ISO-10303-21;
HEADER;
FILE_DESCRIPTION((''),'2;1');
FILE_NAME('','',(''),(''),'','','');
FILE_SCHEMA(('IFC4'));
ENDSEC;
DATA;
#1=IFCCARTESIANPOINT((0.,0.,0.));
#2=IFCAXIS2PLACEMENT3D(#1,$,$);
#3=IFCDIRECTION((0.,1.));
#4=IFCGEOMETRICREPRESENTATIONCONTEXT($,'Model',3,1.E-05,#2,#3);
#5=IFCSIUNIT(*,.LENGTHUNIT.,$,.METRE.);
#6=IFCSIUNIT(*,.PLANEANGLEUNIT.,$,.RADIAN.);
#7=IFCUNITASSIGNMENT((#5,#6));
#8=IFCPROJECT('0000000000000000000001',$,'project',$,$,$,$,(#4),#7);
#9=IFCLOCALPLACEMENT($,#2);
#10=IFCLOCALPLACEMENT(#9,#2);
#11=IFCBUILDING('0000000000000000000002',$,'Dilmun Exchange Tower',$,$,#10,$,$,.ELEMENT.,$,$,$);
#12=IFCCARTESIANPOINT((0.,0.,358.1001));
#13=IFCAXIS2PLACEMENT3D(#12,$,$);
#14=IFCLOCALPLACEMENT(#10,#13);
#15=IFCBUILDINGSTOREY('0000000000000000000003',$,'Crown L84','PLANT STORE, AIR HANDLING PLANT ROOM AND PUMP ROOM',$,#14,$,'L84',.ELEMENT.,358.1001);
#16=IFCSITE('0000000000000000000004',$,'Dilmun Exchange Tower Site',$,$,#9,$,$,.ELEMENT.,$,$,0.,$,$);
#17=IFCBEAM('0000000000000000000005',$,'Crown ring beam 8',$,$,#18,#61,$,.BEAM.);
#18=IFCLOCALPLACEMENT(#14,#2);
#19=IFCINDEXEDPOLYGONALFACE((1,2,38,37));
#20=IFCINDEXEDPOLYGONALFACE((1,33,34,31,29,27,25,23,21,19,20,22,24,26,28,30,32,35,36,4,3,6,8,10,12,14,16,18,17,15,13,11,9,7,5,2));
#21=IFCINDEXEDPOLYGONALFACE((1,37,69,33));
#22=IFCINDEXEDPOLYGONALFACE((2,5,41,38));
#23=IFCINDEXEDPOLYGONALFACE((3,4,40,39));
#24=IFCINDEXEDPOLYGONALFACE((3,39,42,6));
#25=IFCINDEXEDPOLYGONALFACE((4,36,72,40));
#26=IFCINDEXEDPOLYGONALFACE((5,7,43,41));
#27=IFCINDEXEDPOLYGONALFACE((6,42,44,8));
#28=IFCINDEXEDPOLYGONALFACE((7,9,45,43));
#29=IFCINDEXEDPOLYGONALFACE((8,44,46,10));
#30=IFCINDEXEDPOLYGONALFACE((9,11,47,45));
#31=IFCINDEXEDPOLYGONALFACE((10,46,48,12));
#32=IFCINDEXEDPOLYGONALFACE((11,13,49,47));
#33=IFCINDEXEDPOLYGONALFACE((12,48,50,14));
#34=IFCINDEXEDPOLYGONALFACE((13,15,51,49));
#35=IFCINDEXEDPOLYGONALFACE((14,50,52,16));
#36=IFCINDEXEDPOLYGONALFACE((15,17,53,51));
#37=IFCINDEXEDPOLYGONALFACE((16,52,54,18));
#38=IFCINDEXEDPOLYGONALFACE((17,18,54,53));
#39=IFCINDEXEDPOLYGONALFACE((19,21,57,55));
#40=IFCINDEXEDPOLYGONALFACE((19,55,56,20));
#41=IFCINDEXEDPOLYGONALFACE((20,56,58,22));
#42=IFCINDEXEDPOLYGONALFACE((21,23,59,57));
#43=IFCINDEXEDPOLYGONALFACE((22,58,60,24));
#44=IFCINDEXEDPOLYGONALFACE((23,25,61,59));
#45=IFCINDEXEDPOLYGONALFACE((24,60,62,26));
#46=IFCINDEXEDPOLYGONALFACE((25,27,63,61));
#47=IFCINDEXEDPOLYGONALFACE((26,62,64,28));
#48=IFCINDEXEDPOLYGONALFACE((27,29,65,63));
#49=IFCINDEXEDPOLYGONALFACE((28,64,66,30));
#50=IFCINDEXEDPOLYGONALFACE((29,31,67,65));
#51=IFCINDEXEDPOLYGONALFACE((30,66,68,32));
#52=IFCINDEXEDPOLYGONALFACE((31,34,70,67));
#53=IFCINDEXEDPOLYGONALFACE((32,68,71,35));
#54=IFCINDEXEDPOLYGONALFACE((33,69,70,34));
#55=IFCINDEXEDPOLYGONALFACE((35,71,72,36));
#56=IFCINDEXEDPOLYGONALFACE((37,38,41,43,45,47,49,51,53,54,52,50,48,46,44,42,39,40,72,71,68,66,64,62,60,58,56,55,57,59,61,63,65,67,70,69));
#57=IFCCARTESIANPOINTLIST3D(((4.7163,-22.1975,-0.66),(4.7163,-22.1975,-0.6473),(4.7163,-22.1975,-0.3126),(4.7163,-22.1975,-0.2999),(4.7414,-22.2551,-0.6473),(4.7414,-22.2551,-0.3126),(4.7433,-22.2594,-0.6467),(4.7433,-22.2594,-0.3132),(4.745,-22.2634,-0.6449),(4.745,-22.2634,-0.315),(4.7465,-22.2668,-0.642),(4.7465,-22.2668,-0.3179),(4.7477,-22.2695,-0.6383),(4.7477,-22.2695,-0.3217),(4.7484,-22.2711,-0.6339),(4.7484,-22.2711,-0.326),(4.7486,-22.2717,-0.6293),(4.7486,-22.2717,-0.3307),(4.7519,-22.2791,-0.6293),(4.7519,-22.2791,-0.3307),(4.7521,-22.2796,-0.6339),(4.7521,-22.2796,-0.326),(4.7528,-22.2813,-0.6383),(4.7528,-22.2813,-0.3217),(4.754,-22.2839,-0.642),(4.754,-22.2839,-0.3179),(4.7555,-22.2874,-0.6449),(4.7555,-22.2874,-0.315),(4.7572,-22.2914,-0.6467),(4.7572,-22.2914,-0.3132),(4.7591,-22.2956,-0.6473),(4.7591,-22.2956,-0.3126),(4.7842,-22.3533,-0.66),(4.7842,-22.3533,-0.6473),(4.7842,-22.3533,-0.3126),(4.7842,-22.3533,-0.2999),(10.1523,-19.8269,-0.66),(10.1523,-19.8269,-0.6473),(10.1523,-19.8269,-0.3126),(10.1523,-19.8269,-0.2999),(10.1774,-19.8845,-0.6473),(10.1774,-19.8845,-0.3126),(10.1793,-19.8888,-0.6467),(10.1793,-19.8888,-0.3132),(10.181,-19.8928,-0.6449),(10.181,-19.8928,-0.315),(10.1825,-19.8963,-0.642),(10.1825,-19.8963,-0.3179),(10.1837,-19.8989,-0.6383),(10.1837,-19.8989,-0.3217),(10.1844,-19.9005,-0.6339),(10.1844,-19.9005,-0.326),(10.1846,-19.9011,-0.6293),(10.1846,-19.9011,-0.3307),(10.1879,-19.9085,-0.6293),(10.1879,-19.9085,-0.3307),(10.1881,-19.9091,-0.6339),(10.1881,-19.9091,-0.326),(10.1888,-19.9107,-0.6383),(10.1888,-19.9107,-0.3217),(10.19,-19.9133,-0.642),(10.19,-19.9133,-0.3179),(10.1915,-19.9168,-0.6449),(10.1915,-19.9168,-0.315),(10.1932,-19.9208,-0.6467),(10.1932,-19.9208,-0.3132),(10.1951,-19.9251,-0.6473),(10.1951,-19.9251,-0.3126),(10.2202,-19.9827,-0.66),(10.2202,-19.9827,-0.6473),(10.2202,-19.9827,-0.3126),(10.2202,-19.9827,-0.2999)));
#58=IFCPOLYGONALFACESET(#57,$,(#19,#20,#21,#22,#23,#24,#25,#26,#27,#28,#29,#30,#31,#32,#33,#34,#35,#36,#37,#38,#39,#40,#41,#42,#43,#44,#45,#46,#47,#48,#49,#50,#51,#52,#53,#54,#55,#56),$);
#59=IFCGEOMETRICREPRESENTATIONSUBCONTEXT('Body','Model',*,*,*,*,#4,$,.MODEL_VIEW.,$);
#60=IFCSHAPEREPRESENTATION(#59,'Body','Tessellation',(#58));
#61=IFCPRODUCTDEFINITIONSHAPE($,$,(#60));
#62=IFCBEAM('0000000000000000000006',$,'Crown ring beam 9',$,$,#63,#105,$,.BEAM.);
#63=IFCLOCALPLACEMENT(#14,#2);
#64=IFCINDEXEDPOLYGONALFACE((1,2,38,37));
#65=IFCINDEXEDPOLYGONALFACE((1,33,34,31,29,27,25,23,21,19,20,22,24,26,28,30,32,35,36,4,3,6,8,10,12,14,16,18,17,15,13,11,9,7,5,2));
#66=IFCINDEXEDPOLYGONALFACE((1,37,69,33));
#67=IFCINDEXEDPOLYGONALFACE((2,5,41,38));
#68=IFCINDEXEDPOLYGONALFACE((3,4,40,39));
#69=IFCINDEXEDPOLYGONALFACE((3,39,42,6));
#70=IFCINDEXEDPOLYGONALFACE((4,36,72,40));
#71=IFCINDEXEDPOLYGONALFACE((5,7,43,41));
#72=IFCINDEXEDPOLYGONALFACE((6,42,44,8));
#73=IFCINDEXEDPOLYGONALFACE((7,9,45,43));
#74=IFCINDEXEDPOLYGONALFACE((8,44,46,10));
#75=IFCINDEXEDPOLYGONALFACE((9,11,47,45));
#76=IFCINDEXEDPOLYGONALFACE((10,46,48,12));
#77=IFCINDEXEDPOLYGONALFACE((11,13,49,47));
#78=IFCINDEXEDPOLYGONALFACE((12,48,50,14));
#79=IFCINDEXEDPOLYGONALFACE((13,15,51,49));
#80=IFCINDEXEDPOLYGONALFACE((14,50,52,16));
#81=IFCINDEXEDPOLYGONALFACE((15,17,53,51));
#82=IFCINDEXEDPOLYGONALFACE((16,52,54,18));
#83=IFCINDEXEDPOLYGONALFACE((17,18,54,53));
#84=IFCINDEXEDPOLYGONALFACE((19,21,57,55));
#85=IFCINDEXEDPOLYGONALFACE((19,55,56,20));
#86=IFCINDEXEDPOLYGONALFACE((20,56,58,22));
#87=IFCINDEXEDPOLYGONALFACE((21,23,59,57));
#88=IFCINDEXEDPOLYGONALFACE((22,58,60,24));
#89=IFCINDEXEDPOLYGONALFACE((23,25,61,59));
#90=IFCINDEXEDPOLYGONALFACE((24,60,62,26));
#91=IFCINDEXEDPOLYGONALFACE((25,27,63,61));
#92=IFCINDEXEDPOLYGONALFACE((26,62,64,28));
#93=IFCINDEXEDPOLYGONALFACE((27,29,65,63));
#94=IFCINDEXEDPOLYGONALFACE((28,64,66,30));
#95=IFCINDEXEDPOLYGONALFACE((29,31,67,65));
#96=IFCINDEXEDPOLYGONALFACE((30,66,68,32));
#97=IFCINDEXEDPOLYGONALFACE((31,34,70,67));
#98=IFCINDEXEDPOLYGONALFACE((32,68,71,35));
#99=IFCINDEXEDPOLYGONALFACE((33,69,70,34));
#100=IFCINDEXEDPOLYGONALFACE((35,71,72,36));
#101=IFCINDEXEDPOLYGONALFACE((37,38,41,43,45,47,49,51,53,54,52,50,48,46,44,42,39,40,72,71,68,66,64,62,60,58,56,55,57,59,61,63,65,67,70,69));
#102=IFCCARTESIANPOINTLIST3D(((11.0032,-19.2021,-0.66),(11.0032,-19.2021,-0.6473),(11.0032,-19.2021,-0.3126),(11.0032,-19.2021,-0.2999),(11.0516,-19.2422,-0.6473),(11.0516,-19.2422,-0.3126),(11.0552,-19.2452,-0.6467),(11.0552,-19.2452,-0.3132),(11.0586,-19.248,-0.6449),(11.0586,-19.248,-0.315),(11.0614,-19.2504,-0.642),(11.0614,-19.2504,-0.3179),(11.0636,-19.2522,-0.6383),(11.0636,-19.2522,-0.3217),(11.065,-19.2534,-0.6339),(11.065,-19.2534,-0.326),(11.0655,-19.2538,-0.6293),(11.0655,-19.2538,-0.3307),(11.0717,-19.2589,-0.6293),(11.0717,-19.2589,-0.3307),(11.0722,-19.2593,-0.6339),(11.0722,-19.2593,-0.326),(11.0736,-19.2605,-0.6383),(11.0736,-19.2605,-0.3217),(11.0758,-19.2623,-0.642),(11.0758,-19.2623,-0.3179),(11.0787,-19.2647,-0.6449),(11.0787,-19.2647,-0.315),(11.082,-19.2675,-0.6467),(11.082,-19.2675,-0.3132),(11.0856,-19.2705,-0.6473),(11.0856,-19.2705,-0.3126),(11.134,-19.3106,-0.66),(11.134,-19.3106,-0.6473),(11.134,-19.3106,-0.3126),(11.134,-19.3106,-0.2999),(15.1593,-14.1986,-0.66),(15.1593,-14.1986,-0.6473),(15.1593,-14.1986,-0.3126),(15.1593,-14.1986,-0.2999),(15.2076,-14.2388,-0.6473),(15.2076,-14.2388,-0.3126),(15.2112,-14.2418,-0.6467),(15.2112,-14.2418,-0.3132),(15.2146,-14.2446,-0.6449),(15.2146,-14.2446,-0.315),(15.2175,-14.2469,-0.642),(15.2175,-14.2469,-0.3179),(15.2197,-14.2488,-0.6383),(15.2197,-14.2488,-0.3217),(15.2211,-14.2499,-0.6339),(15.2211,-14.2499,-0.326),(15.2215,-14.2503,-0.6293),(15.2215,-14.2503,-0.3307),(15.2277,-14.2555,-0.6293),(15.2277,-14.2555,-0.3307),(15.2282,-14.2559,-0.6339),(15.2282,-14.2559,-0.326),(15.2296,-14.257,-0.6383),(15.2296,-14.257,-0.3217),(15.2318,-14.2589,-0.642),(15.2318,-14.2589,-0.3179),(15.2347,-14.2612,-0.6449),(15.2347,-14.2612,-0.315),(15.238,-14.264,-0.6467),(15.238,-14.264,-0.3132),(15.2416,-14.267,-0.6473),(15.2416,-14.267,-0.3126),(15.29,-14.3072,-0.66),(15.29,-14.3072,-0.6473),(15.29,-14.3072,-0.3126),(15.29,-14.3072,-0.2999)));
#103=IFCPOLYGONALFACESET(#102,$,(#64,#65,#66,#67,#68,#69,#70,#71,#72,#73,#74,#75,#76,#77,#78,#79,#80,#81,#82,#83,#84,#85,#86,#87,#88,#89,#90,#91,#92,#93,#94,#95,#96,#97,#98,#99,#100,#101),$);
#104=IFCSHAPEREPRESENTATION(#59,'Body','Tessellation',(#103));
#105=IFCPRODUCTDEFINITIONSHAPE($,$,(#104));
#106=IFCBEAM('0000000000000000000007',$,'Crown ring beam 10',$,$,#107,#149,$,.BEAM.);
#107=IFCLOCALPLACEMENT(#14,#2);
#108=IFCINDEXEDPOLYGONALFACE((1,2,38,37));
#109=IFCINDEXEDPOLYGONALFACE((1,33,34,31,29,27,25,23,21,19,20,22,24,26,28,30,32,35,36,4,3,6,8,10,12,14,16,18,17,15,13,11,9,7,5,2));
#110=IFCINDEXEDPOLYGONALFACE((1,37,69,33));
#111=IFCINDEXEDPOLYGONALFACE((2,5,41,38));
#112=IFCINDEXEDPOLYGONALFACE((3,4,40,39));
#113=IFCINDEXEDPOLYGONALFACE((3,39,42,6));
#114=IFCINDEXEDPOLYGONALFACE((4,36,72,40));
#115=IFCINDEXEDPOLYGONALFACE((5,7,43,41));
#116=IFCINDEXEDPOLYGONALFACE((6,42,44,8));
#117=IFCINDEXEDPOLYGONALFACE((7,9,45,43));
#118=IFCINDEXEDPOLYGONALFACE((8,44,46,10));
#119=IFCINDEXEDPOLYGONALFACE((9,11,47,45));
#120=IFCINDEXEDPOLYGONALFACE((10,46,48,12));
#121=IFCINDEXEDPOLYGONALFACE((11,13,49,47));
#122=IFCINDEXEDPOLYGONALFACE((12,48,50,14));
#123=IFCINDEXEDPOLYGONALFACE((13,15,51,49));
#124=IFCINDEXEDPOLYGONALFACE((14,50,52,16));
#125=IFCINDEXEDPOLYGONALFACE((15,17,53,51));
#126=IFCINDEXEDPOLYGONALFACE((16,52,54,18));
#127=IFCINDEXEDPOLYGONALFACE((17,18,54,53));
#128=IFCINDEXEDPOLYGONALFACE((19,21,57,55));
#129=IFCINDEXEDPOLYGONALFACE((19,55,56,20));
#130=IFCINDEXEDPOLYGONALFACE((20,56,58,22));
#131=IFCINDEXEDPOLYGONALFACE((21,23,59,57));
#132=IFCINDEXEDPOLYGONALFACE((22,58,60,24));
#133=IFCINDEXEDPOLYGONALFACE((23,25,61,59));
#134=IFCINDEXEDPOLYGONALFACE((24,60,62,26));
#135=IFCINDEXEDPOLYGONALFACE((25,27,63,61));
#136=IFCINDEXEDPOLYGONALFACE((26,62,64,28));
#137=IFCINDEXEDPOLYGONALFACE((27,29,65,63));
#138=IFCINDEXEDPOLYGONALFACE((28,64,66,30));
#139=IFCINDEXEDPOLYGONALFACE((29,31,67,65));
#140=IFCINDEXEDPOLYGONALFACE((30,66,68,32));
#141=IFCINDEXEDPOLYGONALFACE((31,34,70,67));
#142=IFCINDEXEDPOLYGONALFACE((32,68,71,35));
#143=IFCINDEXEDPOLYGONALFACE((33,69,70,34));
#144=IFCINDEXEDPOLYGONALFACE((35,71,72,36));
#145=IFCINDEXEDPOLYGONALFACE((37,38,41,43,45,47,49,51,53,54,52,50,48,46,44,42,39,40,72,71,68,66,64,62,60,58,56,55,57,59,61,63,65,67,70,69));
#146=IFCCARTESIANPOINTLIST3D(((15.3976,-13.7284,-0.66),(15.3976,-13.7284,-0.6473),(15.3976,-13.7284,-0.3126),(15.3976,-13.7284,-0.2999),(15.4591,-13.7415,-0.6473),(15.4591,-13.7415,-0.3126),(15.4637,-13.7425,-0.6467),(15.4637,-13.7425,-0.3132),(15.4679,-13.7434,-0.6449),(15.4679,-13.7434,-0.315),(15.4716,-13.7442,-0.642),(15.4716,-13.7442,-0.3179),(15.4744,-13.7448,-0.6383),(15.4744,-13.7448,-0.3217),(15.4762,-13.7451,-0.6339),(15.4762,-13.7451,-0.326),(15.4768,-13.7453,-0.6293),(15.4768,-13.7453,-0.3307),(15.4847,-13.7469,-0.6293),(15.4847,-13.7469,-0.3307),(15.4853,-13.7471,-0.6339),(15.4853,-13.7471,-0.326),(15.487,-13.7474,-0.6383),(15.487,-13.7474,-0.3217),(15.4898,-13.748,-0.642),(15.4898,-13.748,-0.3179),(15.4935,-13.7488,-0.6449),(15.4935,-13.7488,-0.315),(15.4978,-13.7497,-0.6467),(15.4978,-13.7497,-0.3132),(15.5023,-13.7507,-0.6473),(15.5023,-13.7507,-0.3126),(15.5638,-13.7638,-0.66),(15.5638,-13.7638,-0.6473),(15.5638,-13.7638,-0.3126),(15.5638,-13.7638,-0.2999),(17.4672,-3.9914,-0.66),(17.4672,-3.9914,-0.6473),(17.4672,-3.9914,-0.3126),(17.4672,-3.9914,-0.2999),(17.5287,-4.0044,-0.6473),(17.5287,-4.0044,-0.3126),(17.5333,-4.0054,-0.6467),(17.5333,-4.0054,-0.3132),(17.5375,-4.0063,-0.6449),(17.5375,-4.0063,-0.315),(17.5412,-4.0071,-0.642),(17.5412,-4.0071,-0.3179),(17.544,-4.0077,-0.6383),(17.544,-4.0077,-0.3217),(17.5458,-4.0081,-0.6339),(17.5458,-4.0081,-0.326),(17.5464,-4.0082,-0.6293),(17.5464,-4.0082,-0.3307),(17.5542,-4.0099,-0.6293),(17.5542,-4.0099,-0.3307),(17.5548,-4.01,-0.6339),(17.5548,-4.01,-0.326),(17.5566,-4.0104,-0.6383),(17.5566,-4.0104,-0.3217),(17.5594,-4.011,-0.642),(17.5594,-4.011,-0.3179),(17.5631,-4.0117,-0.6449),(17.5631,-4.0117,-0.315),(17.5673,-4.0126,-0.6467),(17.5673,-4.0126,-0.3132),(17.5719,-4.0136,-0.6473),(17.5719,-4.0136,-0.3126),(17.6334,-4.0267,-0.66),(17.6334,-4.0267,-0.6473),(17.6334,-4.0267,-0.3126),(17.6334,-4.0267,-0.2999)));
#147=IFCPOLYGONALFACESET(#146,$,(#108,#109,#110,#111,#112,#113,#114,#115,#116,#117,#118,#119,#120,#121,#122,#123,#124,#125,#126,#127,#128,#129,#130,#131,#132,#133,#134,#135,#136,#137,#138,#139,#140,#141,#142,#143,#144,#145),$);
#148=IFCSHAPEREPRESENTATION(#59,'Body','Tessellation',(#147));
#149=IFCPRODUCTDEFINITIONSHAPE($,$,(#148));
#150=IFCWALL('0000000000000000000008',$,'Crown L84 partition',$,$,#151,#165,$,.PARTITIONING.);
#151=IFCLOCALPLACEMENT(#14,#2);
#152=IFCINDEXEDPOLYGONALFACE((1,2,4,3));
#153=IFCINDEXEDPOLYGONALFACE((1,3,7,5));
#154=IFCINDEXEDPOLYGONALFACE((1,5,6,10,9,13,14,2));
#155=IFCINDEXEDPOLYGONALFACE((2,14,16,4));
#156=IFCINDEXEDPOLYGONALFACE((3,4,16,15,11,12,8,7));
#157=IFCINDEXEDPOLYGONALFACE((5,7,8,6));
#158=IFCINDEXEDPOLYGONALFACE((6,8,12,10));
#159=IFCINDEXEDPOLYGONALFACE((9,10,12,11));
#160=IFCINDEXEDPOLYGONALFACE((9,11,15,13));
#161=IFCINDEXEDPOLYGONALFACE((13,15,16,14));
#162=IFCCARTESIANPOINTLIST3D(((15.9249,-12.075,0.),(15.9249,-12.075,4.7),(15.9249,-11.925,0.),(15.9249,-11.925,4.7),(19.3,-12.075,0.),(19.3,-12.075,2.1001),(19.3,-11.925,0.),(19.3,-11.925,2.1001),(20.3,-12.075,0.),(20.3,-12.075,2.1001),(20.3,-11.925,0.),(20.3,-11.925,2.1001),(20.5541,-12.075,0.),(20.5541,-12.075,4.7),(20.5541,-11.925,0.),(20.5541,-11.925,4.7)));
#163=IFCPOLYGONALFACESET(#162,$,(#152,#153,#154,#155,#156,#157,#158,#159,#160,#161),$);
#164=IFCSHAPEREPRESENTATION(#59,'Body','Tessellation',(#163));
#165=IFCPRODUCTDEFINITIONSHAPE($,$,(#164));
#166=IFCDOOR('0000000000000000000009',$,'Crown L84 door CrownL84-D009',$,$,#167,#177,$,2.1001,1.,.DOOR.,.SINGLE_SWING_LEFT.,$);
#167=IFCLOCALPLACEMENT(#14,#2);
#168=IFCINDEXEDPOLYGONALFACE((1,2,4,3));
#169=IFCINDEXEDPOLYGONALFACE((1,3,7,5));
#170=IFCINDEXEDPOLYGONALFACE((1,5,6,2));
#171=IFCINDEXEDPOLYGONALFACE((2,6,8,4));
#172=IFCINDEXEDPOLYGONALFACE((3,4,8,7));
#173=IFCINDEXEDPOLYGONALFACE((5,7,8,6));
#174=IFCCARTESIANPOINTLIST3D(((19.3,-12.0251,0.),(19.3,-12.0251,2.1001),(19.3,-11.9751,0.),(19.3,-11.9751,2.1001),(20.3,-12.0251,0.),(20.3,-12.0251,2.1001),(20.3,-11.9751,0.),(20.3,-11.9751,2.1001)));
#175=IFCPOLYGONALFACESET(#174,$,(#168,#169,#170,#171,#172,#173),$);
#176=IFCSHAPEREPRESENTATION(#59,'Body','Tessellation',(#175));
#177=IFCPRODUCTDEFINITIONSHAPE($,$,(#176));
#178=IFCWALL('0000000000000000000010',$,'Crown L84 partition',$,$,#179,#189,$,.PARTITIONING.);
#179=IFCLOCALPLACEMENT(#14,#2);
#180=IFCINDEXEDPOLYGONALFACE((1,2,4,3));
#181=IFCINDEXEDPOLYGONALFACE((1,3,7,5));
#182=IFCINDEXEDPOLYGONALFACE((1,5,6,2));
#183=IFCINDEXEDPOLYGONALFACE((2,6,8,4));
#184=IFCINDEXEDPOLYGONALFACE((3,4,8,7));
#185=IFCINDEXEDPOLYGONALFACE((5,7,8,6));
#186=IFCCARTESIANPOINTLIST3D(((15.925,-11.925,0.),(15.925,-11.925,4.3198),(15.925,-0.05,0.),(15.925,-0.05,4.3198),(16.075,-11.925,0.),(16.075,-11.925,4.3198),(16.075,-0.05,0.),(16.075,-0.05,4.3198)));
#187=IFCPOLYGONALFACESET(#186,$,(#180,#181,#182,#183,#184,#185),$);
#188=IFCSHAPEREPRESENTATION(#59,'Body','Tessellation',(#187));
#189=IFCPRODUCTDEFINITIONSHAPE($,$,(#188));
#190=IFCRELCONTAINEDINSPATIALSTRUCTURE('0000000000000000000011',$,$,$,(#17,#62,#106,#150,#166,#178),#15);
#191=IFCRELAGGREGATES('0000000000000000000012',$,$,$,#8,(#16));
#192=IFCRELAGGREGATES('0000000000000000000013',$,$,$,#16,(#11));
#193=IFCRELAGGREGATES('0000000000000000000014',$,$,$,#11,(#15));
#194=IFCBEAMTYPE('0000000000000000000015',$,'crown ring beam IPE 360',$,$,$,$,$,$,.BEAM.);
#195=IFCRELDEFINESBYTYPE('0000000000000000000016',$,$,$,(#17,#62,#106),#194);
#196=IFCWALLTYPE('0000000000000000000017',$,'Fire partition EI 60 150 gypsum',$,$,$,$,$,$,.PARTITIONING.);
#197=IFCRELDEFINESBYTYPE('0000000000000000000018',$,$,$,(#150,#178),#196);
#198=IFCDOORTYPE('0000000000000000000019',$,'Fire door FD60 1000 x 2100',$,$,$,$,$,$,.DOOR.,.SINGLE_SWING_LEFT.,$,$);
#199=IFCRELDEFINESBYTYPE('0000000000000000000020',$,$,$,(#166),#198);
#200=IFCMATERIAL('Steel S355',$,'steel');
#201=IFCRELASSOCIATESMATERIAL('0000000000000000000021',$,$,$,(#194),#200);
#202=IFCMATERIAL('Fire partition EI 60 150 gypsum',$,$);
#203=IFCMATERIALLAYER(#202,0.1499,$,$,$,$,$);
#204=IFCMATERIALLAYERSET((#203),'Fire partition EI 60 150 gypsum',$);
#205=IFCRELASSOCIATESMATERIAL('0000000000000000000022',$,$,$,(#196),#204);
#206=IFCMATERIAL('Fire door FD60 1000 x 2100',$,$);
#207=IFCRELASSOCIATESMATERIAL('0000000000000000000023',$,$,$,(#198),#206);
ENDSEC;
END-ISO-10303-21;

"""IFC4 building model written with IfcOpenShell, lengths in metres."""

from ifc_helpers import new_model, si_unit, direction, frame, frame_2d, origin, origin_2d, place, context, subcontext, project, spatial, rectangle, i_section, extrude, material, layer, layer_set, material_profile, profile_set, type_object, element, fill, save


model = new_model("IFC4")

# Units and contexts
model_context = context("Model", 3, precision=1e-05, world=origin(), true_north=direction((0.0, 1.0)))
body_context = subcontext(model_context, "Body", "Model", "MODEL_VIEW")
ifc_project = project(units=[si_unit("LENGTHUNIT", "METRE"), si_unit("PLANEANGLEUNIT", "RADIAN")], contexts=[model_context])

# Site, building, storey
site_placement = place(None, origin())
site = spatial("IfcSite", under=ifc_project, at=site_placement, Name="Dilmun Exchange Tower Site", CompositionType="ELEMENT", RefElevation=0.0)
building_placement = place(site_placement, origin())
building = spatial("IfcBuilding", under=site, at=building_placement, Name="Dilmun Exchange Tower", CompositionType="ELEMENT")
storey_placement = place(building_placement, frame((0.0, 0.0, 358.1001)))
storey = spatial("IfcBuildingStorey", under=building, at=storey_placement, Name="Crown L84", Description="PLANT STORE, AIR HANDLING PLANT ROOM AND PUMP ROOM", LongName="L84", CompositionType="ELEMENT", Elevation=358.1001)

# Beams
ifc_material_1 = material(Name="Steel S355", Category="steel")
ifc_material_profile_1 = material_profile(ifc_material_1, i_section(OverallWidth=0.1699, OverallDepth=0.3601, WebThickness=0.0081, FlangeThickness=0.0127, FilletRadius=0.0181, at=origin_2d()), Name="IPE 360")
ifc_profile_set_1 = profile_set([ifc_material_profile_1], Name="Steel S355")
beam_type_1 = type_object("IfcBeamType", Name="crown ring beam IPE 360", PredefinedType="BEAM", material=ifc_profile_set_1)
beam_1_placement = place(storey_placement, frame((4.7502, -22.2754, -0.48), z_axis=(0.916631, 0.399734, 0.0), x_axis=(-0.399734, 0.916631, 0.0)))
element("IfcBeam", 1, at=beam_1_placement, inside=storey, type_object=beam_type_1, Name="Crown ring beam 8", PredefinedType="BEAM", context=body_context, shape_type="SweptSolid", body=[
    extrude(i_section(OverallWidth=0.1699, OverallDepth=0.3601, WebThickness=0.0081, FlangeThickness=0.0127, FilletRadius=0.0181, at=origin_2d()), origin(), (0.0, 0.0, 1.0), 5.9304),
])
beam_2_placement = place(storey_placement, frame((11.0686, -19.2563, -0.48), z_axis=(0.638958, 0.769242, 0.0), x_axis=(-0.769242, 0.638958, 0.0)))
element("IfcBeam", 2, at=beam_2_placement, inside=storey, type_object=beam_type_1, Name="Crown ring beam 9", PredefinedType="BEAM", context=body_context, shape_type="SweptSolid", body=[
    extrude(i_section(OverallWidth=0.1699, OverallDepth=0.3601, WebThickness=0.0081, FlangeThickness=0.0127, FilletRadius=0.0181, at=origin_2d()), origin(), (0.0, 0.0, 1.0), 6.5044),
])
beam_3_placement = place(storey_placement, frame((15.4807, -13.7461, -0.48), z_axis=(0.207902, 0.97815, 0.0), x_axis=(-0.97815, 0.207902, 0.0)))
element("IfcBeam", 3, at=beam_3_placement, inside=storey, type_object=beam_type_1, Name="Crown ring beam 10", PredefinedType="BEAM", context=body_context, shape_type="SweptSolid", body=[
    extrude(i_section(OverallWidth=0.1699, OverallDepth=0.3601, WebThickness=0.0081, FlangeThickness=0.0127, FilletRadius=0.0181, at=origin_2d()), origin(), (0.0, 0.0, 1.0), 9.9546),
])

# Wall, opening, door
ifc_material_2 = material(Name="Fire partition EI 60 150 gypsum")
ifc_layer_1 = layer(ifc_material_2, 0.1499)
ifc_layer_set_1 = layer_set([ifc_layer_1], Name="Fire partition EI 60 150 gypsum")
wall_type_1 = type_object("IfcWallType", Name="Fire partition EI 60 150 gypsum", PredefinedType="PARTITIONING", material=ifc_layer_set_1)
wall_1_placement = place(storey_placement, frame((15.925, -12.0, 0.0), z_axis=(0.0, 0.0, 1.0), x_axis=(1.0, 0.0, 0.0)))
wall_1 = element("IfcWall", 4, at=wall_1_placement, inside=storey, type_object=wall_type_1, Name="Crown L84 partition", PredefinedType="PARTITIONING", context=body_context, shape_type="SweptSolid", body=[
    extrude(rectangle(XDim=4.6292, YDim=0.1499, at=frame_2d((2.3145, 0.0))), origin(), (0.0, 0.0, 1.0), 4.7),
])
opening_1_placement = place(wall_1_placement, frame((3.375, 0.0, 0.0)))
opening_1 = element("IfcOpeningElement", 5, at=opening_1_placement, cuts=wall_1, PredefinedType="OPENING", context=body_context, shape_type="SweptSolid", body=[
    extrude(rectangle(XDim=1.0, YDim=2.1001, at=frame_2d((0.5, 1.05))), frame((0.0, 0.085, 0.0), z_axis=(0.0, -1.0, 0.0), x_axis=(1.0, 0.0, 0.0)), (0.0, 0.0, 1.0), 0.1699),
])
ifc_material_3 = material(Name="Fire door FD60 1000 x 2100")
door_type_1 = type_object("IfcDoorType", Name="Fire door FD60 1000 x 2100", OperationType="SINGLE_SWING_LEFT", PredefinedType="DOOR", material=ifc_material_3)
door_1_placement = place(opening_1_placement, origin())
door_1 = element("IfcDoor", 6, at=door_1_placement, inside=storey, type_object=door_type_1, Name="Crown L84 door CrownL84-D009", OperationType="SINGLE_SWING_LEFT", OverallHeight=2.1001, OverallWidth=1.0, PredefinedType="DOOR", context=body_context, shape_type="SweptSolid", body=[
    extrude(rectangle(XDim=1.0, YDim=2.1001, at=frame_2d((0.5, 1.05))), frame((0.0, 0.0249, 0.0), z_axis=(0.0, -1.0, 0.0), x_axis=(1.0, 0.0, 0.0)), (0.0, 0.0, 1.0), 0.05),
])
fill(opening_1, door_1)

# Wall
wall_2_placement = place(storey_placement, frame((16.0, -11.925, 0.0), z_axis=(0.0, 0.0, 1.0), x_axis=(0.0, 1.0, 0.0)))
element("IfcWall", 7, at=wall_2_placement, inside=storey, type_object=wall_type_1, Name="Crown L84 partition", PredefinedType="PARTITIONING", context=body_context, shape_type="SweptSolid", body=[
    extrude(rectangle(XDim=11.875, YDim=0.1499, at=frame_2d((5.9375, 0.0))), origin(), (0.0, 0.0, 1.0), 4.3198),
])

save(model, "model.ifc")
